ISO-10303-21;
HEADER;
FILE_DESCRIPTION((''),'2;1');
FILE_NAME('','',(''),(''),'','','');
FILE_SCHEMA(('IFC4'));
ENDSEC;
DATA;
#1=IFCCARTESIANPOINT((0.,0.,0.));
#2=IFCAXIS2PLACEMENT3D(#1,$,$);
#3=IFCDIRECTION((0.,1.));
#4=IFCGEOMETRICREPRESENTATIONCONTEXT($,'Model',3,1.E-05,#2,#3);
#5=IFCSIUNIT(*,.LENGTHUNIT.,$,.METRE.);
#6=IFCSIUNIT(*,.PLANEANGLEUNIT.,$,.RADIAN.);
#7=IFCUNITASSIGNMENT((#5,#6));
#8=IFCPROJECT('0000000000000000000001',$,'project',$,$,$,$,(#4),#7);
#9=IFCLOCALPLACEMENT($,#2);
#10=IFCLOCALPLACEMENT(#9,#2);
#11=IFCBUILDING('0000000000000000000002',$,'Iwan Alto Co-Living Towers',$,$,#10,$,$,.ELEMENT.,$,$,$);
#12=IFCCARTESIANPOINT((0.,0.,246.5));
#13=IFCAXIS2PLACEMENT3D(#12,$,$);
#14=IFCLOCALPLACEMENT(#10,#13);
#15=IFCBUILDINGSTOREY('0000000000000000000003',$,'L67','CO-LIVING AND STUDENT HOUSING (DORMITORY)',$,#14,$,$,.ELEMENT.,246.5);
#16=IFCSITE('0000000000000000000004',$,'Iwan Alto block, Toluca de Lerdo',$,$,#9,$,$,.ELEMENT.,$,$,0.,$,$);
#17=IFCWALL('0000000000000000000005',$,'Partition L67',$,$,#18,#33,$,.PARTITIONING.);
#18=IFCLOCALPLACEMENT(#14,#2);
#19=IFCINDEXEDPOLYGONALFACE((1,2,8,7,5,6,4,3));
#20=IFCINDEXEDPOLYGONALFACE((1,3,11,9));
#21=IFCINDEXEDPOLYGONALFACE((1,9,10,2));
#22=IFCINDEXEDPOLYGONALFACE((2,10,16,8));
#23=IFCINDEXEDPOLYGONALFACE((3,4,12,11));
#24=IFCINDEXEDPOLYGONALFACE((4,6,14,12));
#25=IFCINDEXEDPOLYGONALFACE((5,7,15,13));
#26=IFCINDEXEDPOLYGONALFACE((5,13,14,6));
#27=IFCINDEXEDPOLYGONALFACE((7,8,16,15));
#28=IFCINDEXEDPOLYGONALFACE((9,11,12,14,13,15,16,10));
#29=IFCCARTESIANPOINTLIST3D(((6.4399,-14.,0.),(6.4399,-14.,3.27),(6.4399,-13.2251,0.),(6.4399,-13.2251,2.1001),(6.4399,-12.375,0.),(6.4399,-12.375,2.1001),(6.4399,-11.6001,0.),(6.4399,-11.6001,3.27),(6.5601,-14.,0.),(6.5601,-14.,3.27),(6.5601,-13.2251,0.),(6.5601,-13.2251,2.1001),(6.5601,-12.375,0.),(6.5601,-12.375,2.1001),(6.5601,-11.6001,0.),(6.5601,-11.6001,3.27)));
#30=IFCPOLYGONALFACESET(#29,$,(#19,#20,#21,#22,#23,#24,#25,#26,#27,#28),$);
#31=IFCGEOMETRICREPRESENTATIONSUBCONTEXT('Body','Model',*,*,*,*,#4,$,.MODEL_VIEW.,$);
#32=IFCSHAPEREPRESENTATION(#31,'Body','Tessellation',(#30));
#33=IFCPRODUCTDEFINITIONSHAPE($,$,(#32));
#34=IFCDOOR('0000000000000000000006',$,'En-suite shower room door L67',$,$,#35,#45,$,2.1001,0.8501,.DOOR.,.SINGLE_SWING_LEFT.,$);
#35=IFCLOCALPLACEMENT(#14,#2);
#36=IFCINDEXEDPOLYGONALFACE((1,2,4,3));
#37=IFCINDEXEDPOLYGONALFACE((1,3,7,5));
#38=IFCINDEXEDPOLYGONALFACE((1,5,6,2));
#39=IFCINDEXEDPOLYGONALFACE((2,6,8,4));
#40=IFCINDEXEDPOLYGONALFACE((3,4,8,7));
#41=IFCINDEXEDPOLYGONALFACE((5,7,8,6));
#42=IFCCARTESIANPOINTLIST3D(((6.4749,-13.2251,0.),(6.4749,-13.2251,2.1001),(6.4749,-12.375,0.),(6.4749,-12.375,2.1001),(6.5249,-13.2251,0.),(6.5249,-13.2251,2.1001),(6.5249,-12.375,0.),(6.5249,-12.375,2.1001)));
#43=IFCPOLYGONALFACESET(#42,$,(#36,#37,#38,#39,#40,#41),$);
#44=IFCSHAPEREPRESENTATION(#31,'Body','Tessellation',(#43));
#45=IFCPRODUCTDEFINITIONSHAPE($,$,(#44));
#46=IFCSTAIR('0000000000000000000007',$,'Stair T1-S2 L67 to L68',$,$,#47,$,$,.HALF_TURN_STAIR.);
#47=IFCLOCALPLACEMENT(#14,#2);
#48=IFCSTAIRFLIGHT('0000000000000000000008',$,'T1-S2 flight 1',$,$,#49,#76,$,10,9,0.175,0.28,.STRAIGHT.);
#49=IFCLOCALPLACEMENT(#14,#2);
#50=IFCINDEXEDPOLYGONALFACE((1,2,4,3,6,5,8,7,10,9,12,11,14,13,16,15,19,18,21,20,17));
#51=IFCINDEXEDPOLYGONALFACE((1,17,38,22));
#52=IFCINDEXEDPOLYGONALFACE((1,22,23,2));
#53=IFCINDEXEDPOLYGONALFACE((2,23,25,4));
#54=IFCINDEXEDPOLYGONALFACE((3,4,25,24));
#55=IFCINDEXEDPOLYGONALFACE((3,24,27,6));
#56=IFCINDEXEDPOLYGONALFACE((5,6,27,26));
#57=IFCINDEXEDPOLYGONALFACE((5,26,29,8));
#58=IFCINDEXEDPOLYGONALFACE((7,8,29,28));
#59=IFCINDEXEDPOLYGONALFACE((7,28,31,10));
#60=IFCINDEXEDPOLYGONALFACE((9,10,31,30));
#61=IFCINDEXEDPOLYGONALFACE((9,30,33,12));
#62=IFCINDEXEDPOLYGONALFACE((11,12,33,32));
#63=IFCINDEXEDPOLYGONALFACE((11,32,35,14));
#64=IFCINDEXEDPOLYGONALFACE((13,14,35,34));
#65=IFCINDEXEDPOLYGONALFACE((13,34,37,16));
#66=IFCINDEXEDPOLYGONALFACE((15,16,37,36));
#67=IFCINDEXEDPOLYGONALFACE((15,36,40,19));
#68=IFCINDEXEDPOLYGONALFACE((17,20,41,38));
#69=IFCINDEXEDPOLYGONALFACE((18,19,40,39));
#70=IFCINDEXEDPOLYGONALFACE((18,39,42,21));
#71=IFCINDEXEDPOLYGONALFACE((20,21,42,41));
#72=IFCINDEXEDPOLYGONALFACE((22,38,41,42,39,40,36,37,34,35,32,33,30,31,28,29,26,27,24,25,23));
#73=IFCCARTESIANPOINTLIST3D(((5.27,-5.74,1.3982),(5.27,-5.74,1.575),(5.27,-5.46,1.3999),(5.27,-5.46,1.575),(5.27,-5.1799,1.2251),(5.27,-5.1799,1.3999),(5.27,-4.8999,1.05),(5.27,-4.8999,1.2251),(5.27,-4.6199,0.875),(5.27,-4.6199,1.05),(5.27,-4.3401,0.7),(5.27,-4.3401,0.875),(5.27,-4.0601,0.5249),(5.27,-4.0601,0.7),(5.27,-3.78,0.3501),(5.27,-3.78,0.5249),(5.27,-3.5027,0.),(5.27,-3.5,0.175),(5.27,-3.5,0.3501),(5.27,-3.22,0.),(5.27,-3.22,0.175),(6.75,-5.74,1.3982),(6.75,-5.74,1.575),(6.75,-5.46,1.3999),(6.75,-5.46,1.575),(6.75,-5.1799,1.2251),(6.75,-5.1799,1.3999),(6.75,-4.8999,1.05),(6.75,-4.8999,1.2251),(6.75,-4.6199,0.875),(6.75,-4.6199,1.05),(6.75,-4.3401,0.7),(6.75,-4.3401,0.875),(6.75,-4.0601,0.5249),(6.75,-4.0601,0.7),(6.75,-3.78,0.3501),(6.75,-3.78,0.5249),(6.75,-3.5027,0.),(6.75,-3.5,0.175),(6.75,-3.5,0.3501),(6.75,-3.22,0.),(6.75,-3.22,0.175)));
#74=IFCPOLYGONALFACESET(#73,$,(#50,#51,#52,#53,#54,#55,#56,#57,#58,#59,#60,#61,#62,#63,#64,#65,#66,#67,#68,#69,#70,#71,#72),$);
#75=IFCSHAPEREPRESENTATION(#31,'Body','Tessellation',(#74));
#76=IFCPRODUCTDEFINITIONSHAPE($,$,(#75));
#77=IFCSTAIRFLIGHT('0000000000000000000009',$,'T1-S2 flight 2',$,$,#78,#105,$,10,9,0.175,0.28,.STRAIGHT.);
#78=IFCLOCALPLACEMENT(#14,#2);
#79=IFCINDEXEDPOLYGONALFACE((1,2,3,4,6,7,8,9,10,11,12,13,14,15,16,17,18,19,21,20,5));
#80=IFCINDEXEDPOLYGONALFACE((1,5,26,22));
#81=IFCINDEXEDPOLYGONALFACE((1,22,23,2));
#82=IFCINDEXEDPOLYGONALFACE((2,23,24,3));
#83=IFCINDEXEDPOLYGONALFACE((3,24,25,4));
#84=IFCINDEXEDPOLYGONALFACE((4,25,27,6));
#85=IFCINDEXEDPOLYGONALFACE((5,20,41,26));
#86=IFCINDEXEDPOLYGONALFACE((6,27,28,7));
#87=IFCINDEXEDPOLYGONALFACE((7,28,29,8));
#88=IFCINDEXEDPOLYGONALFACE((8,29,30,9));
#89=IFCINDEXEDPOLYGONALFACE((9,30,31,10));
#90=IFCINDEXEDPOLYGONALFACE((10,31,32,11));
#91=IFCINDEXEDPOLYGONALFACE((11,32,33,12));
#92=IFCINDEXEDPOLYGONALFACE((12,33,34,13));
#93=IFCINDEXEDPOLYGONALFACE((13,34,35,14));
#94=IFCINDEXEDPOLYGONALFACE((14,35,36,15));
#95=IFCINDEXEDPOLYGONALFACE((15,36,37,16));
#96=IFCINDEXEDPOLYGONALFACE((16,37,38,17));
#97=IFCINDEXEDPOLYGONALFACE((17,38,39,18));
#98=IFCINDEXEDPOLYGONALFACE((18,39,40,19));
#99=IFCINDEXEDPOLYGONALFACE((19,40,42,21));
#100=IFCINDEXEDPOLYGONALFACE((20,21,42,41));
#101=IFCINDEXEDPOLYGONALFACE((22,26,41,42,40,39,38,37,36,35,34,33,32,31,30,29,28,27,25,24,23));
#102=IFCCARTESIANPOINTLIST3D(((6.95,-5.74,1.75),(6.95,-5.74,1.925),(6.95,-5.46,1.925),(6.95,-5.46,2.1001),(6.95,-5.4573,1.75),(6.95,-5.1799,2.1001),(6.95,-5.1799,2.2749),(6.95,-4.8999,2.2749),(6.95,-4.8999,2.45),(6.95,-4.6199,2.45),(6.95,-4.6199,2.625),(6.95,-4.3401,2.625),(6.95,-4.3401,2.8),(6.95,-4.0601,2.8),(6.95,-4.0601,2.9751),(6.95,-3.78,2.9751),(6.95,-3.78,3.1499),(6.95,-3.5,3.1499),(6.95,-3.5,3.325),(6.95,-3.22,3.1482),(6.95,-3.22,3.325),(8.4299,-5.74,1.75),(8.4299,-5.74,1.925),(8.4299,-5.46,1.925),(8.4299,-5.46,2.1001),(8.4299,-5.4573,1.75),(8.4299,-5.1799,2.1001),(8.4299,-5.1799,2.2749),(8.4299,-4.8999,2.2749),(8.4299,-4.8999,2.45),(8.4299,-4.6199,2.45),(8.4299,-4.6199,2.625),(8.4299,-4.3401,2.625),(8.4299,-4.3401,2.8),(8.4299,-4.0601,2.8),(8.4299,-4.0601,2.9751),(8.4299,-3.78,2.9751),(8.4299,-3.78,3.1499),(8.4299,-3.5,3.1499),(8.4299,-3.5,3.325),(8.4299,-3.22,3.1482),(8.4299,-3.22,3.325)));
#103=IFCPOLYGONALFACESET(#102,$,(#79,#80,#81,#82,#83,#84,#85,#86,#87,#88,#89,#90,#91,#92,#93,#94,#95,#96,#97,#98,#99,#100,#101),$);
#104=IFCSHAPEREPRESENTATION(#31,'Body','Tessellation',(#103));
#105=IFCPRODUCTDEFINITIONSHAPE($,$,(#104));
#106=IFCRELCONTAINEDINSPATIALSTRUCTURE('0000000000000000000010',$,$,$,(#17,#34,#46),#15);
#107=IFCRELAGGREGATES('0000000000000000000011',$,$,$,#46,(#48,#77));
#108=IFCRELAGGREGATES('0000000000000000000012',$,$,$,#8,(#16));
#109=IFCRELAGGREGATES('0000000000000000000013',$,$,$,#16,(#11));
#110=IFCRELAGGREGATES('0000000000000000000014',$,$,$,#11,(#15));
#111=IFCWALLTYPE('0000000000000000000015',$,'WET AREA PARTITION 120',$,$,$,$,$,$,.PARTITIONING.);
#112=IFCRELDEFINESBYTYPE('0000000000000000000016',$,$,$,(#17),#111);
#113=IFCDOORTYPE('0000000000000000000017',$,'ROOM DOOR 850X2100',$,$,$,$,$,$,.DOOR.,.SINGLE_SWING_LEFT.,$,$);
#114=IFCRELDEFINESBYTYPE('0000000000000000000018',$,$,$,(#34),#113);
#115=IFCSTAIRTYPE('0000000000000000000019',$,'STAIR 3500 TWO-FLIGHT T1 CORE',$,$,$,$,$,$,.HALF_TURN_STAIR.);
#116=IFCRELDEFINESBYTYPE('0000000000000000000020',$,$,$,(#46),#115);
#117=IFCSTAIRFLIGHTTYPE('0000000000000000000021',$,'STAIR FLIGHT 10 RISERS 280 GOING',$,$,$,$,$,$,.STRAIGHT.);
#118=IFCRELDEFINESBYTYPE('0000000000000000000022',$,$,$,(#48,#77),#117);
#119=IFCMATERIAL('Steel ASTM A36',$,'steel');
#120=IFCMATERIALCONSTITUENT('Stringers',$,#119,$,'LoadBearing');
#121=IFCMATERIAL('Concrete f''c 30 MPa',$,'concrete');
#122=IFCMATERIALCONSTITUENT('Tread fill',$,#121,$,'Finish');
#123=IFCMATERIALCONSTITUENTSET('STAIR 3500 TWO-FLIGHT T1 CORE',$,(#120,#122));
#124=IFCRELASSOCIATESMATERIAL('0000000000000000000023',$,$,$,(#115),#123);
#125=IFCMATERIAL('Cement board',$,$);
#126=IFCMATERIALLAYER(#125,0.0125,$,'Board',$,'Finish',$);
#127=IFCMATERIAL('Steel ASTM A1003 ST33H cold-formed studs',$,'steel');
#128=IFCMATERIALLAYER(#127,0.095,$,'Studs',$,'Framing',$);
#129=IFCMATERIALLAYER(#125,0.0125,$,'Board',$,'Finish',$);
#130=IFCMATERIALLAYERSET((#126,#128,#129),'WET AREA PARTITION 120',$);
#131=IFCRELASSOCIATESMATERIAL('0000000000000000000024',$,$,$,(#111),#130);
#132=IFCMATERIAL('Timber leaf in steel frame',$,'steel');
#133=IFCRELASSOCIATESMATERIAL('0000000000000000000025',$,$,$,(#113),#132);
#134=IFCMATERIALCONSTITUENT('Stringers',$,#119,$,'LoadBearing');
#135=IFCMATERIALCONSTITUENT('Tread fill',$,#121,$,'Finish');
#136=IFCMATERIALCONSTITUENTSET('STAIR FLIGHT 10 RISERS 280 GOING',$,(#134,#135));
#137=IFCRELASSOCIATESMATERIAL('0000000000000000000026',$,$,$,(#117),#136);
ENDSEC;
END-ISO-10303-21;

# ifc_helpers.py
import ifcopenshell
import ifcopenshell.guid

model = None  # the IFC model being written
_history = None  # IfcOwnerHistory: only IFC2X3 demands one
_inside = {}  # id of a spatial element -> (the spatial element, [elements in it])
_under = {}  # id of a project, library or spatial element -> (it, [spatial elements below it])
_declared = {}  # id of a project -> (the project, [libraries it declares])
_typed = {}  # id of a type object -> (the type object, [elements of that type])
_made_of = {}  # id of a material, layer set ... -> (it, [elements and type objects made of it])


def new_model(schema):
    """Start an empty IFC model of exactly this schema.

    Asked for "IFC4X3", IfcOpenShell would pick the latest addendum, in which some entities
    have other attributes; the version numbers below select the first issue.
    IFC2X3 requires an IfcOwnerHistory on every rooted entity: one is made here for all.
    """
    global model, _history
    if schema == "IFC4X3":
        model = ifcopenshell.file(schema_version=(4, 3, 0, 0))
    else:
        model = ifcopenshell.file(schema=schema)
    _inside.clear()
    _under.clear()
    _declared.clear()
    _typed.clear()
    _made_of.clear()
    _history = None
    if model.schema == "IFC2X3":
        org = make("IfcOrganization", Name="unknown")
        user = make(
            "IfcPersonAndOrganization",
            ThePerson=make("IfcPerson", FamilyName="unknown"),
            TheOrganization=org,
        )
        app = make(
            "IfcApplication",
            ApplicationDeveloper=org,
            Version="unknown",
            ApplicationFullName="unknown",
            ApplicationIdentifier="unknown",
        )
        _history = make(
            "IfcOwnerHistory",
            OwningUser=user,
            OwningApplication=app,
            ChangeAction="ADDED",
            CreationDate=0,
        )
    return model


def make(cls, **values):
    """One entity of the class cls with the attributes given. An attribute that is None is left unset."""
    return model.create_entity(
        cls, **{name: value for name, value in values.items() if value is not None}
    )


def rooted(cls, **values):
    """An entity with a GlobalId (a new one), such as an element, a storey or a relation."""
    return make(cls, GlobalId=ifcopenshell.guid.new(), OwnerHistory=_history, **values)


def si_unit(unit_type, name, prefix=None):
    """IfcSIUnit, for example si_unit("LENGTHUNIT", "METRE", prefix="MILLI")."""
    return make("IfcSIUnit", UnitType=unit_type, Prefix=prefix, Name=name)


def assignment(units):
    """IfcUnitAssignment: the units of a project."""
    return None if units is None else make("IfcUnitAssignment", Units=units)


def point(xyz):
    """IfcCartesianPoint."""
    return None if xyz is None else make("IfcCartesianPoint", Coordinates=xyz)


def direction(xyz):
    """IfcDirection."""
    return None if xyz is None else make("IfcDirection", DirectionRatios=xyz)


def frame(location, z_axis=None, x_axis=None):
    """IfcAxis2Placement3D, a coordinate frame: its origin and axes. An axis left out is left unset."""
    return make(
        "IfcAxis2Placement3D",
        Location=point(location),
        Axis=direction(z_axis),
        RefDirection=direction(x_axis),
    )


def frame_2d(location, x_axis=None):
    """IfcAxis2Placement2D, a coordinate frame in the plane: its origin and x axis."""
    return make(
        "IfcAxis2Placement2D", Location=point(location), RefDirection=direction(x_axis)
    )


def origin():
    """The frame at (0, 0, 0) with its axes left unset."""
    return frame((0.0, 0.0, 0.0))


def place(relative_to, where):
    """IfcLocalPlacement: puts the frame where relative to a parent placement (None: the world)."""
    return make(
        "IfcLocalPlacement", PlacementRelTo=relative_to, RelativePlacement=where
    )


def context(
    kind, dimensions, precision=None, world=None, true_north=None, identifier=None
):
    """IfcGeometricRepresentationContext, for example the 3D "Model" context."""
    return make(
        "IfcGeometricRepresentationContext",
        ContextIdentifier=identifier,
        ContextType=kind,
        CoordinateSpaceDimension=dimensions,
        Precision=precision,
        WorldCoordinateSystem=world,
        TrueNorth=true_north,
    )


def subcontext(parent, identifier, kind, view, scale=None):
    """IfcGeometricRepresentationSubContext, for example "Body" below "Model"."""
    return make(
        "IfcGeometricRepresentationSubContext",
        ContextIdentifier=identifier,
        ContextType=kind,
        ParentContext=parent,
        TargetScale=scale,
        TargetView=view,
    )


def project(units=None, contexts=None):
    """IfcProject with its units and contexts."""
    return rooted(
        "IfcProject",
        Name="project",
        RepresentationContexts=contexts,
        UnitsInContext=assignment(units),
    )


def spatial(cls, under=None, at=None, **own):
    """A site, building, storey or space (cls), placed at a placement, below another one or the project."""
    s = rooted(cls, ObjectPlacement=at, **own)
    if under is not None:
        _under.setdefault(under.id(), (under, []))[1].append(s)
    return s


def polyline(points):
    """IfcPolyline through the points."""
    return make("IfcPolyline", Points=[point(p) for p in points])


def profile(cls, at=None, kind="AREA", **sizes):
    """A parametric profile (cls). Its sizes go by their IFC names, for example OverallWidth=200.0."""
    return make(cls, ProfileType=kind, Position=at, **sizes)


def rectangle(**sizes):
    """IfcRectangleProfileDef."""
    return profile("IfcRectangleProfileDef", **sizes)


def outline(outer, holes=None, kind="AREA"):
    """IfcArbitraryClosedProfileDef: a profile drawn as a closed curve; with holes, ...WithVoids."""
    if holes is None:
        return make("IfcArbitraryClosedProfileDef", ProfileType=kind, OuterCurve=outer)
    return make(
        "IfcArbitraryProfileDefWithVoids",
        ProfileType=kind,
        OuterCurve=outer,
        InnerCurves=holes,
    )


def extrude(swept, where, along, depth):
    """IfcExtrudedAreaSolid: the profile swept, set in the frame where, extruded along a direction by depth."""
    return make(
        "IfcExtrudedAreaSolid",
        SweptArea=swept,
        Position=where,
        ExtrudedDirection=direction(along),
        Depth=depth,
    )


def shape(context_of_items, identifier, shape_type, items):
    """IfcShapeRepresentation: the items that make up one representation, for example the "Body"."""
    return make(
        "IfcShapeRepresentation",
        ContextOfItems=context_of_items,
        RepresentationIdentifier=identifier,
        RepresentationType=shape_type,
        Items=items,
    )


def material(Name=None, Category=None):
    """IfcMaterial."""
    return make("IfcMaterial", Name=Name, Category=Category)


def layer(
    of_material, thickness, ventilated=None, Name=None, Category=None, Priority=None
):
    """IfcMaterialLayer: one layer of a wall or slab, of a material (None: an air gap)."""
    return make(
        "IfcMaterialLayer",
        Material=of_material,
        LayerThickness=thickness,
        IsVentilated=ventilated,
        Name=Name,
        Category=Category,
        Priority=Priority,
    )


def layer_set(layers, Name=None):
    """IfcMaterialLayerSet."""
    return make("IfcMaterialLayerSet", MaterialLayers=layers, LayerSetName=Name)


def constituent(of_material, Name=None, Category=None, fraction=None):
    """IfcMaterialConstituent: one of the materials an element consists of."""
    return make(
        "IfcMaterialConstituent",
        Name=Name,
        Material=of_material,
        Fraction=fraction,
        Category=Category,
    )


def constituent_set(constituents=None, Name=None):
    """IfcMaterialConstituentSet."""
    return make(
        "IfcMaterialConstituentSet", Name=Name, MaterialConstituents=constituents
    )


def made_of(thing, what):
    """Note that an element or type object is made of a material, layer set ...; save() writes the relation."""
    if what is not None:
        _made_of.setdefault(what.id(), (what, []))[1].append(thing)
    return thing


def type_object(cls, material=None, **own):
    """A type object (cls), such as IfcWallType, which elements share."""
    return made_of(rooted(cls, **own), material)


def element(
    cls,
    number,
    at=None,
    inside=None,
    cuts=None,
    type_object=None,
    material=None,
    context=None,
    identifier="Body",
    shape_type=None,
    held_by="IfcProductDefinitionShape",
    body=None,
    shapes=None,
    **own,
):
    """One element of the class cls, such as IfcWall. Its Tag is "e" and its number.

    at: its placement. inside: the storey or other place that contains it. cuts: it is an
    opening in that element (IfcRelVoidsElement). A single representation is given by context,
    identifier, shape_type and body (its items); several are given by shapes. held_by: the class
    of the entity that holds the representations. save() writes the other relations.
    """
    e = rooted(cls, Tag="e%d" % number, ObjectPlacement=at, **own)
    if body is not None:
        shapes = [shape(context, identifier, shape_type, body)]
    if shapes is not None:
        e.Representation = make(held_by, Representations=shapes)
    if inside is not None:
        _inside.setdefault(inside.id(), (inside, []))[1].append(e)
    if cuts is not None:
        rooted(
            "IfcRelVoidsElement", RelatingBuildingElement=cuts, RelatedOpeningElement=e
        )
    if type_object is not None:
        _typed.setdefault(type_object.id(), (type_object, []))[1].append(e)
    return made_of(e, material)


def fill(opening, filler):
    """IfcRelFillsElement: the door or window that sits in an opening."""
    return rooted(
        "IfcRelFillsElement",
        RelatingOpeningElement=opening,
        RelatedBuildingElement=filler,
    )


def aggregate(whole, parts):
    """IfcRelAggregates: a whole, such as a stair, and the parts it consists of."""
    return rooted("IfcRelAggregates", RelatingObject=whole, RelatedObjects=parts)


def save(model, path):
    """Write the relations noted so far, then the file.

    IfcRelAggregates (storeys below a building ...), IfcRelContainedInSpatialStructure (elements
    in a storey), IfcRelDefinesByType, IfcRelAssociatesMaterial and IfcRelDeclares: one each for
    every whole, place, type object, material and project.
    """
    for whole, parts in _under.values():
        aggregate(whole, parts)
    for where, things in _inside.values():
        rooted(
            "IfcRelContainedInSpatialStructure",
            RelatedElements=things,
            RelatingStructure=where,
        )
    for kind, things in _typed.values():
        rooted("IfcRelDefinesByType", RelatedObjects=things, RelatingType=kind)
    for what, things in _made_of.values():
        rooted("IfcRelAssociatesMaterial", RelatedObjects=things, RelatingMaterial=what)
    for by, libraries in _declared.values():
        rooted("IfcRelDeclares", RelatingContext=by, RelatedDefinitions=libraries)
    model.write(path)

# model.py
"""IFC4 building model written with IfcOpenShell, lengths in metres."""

from ifc_helpers import new_model, si_unit, direction, frame, frame_2d, origin, place, context, subcontext, project, spatial, polyline, rectangle, outline, extrude, material, layer, layer_set, constituent, constituent_set, type_object, element, fill, aggregate, save


model = new_model("IFC4")

# Units and contexts
model_context = context("Model", 3, precision=1e-05, world=origin(), true_north=direction((0.0, 1.0)))
body_context = subcontext(model_context, "Body", "Model", "MODEL_VIEW")
ifc_project = project(units=[si_unit("LENGTHUNIT", "METRE"), si_unit("PLANEANGLEUNIT", "RADIAN")], contexts=[model_context])

# Site, building, storey
site_placement = place(None, origin())
site = spatial("IfcSite", under=ifc_project, at=site_placement, Name="Iwan Alto block, Toluca de Lerdo", CompositionType="ELEMENT", RefElevation=0.0)
building_placement = place(site_placement, origin())
building = spatial("IfcBuilding", under=site, at=building_placement, Name="Iwan Alto Co-Living Towers", CompositionType="ELEMENT")
storey_placement = place(building_placement, frame((0.0, 0.0, 246.5)))
storey = spatial("IfcBuildingStorey", under=building, at=storey_placement, Name="L67", Description="CO-LIVING AND STUDENT HOUSING (DORMITORY)", CompositionType="ELEMENT", Elevation=246.5)

# Shared definitions
ifc_material_1 = material(Name="Steel ASTM A36", Category="steel")
ifc_constituent_1 = constituent(ifc_material_1, Name="Stringers", Category="LoadBearing")
ifc_material_2 = material(Name="Concrete f'c 30 MPa", Category="concrete")
ifc_constituent_2 = constituent(ifc_material_2, Name="Tread fill", Category="Finish")
ifc_constituent_set_1 = constituent_set(constituents=[ifc_constituent_1, ifc_constituent_2], Name="STAIR 3500 TWO-FLIGHT T1 CORE")
stair_type = type_object("IfcStairType", Name="STAIR 3500 TWO-FLIGHT T1 CORE", PredefinedType="HALF_TURN_STAIR", material=ifc_constituent_set_1)

# Shared definitions
ifc_material_3 = material(Name="Steel ASTM A1003 ST33H cold-formed studs", Category="steel")

# Shared definitions
ifc_material_4 = material(Name="Cement board")
ifc_layer_1 = layer(ifc_material_4, 0.0125, Name="Board", Category="Finish")
ifc_layer_2 = layer(ifc_material_3, 0.095, Name="Studs", Category="Framing")
ifc_layer_3 = layer(ifc_material_4, 0.0125, Name="Board", Category="Finish")
ifc_layer_set_1 = layer_set([ifc_layer_1, ifc_layer_2, ifc_layer_3], Name="WET AREA PARTITION 120")
wall_type_1 = type_object("IfcWallType", Name="WET AREA PARTITION 120", PredefinedType="PARTITIONING", material=ifc_layer_set_1)

# Shared definitions
ifc_material_5 = material(Name="Timber leaf in steel frame", Category="steel")
door_type_1 = type_object("IfcDoorType", Name="ROOM DOOR 850X2100", OperationType="SINGLE_SWING_LEFT", PredefinedType="DOOR", material=ifc_material_5)

# Wall, opening, door
wall_1_placement = place(storey_placement, frame((6.5, -14.0, 0.0), z_axis=(0.0, 0.0, 1.0), x_axis=(0.0, 1.0, 0.0)))
wall_1 = element("IfcWall", 1, at=wall_1_placement, inside=storey, type_object=wall_type_1, Name="Partition L67", PredefinedType="PARTITIONING", context=body_context, shape_type="SweptSolid", body=[
    extrude(rectangle(XDim=2.3999, YDim=0.1201, at=frame_2d((1.2, 0.0))), origin(), (0.0, 0.0, 1.0), 3.27),
])
opening_1_placement = place(wall_1_placement, frame((0.7749, 0.0, 0.0)))
opening_1 = element("IfcOpeningElement", 2, at=opening_1_placement, cuts=wall_1, PredefinedType="OPENING", context=body_context, shape_type="SweptSolid", body=[
    extrude(rectangle(XDim=0.8501, YDim=2.1001, at=frame_2d((0.425, 1.05))), frame((0.0, 0.0701, 0.0), z_axis=(0.0, -1.0, 0.0), x_axis=(1.0, 0.0, 0.0)), (0.0, 0.0, 1.0), 0.1401),
])
door_1_placement = place(opening_1_placement, frame((0.8501, 0.0, 0.0), z_axis=(0.0, 0.0, 1.0), x_axis=(-1.0, 0.0, 0.0)))
door_1 = element("IfcDoor", 3, at=door_1_placement, inside=storey, type_object=door_type_1, Name="En-suite shower room door L67", OperationType="SINGLE_SWING_LEFT", OverallHeight=2.1001, OverallWidth=0.8501, PredefinedType="DOOR", context=body_context, shape_type="SweptSolid", body=[
    extrude(rectangle(XDim=0.8501, YDim=2.1001, at=frame_2d((0.425, 1.05))), frame((0.0, 0.0249, 0.0), z_axis=(0.0, -1.0, 0.0), x_axis=(1.0, 0.0, 0.0)), (0.0, 0.0, 1.0), 0.05),
])
fill(opening_1, door_1)

# Stair, stair flights
stair_1_placement = place(storey_placement, origin())
stair_1 = element("IfcStair", 4, at=stair_1_placement, inside=storey, type_object=stair_type, Name="Stair T1-S2 L67 to L68", PredefinedType="HALF_TURN_STAIR")
ifc_constituent_3 = constituent(ifc_material_1, Name="Stringers", Category="LoadBearing")
ifc_constituent_4 = constituent(ifc_material_2, Name="Tread fill", Category="Finish")
ifc_constituent_set_2 = constituent_set(constituents=[ifc_constituent_3, ifc_constituent_4], Name="STAIR FLIGHT 10 RISERS 280 GOING")
stair_flight_type = type_object("IfcStairFlightType", Name="STAIR FLIGHT 10 RISERS 280 GOING", PredefinedType="STRAIGHT", material=ifc_constituent_set_2)
stair_flight_1_placement = place(storey_placement, frame((6.01, -3.22, 0.0), z_axis=(0.0, 0.0, 1.0), x_axis=(0.0, -1.0, 0.0)))
stair_flight_1 = element("IfcStairFlight", 5, at=stair_flight_1_placement, type_object=stair_flight_type, Name="T1-S2 flight 1", NumberOfRisers=10, NumberOfTreads=9, PredefinedType="STRAIGHT", RiserHeight=0.175, TreadLength=0.28, context=body_context, shape_type="SweptSolid", body=[
    extrude(outline(polyline([(0.0, 0.0), (0.0, 0.175), (0.28, 0.175), (0.28, 0.3501), (0.5601, 0.3501), (0.5601, 0.5249), (0.8401, 0.5249), (0.8401, 0.7), (1.1201, 0.7), (1.1201, 0.875), (1.3999, 0.875), (1.3999, 1.05), (1.6799, 1.05), (1.6799, 1.2251), (1.96, 1.2251), (1.96, 1.3999), (2.24, 1.3999), (2.24, 1.575), (2.52, 1.575), (2.52, 1.75), (2.52, 1.3982), (0.2827, 0.0), (0.0, 0.0)])), frame((0.0, 0.74, 0.0), z_axis=(0.0, -1.0, 0.0), x_axis=(1.0, 0.0, 0.0)), (0.0, 0.0, 1.0), 1.48),
])
stair_flight_2_placement = place(storey_placement, frame((7.6899, -5.74, 1.75), z_axis=(0.0, 0.0, 1.0), x_axis=(0.0, 1.0, 0.0)))
stair_flight_2 = element("IfcStairFlight", 6, at=stair_flight_2_placement, type_object=stair_flight_type, Name="T1-S2 flight 2", NumberOfRisers=10, NumberOfTreads=9, PredefinedType="STRAIGHT", RiserHeight=0.175, TreadLength=0.28, context=body_context, shape_type="SweptSolid", body=[
    extrude(outline(polyline([(0.0, 0.0), (0.0, 0.175), (0.28, 0.175), (0.28, 0.3501), (0.5601, 0.3501), (0.5601, 0.5249), (0.8401, 0.5249), (0.8401, 0.7), (1.1201, 0.7), (1.1201, 0.875), (1.3999, 0.875), (1.3999, 1.05), (1.6799, 1.05), (1.6799, 1.2251), (1.96, 1.2251), (1.96, 1.3999), (2.24, 1.3999), (2.24, 1.575), (2.52, 1.575), (2.52, 1.75), (2.52, 1.3982), (0.2827, 0.0), (0.0, 0.0)])), frame((0.0, 0.74, 0.0), z_axis=(0.0, -1.0, 0.0), x_axis=(1.0, 0.0, 0.0)), (0.0, 0.0, 1.0), 1.48),
])
aggregate(stair_1, [stair_flight_1, stair_flight_2])

save(model, "model.ifc")
